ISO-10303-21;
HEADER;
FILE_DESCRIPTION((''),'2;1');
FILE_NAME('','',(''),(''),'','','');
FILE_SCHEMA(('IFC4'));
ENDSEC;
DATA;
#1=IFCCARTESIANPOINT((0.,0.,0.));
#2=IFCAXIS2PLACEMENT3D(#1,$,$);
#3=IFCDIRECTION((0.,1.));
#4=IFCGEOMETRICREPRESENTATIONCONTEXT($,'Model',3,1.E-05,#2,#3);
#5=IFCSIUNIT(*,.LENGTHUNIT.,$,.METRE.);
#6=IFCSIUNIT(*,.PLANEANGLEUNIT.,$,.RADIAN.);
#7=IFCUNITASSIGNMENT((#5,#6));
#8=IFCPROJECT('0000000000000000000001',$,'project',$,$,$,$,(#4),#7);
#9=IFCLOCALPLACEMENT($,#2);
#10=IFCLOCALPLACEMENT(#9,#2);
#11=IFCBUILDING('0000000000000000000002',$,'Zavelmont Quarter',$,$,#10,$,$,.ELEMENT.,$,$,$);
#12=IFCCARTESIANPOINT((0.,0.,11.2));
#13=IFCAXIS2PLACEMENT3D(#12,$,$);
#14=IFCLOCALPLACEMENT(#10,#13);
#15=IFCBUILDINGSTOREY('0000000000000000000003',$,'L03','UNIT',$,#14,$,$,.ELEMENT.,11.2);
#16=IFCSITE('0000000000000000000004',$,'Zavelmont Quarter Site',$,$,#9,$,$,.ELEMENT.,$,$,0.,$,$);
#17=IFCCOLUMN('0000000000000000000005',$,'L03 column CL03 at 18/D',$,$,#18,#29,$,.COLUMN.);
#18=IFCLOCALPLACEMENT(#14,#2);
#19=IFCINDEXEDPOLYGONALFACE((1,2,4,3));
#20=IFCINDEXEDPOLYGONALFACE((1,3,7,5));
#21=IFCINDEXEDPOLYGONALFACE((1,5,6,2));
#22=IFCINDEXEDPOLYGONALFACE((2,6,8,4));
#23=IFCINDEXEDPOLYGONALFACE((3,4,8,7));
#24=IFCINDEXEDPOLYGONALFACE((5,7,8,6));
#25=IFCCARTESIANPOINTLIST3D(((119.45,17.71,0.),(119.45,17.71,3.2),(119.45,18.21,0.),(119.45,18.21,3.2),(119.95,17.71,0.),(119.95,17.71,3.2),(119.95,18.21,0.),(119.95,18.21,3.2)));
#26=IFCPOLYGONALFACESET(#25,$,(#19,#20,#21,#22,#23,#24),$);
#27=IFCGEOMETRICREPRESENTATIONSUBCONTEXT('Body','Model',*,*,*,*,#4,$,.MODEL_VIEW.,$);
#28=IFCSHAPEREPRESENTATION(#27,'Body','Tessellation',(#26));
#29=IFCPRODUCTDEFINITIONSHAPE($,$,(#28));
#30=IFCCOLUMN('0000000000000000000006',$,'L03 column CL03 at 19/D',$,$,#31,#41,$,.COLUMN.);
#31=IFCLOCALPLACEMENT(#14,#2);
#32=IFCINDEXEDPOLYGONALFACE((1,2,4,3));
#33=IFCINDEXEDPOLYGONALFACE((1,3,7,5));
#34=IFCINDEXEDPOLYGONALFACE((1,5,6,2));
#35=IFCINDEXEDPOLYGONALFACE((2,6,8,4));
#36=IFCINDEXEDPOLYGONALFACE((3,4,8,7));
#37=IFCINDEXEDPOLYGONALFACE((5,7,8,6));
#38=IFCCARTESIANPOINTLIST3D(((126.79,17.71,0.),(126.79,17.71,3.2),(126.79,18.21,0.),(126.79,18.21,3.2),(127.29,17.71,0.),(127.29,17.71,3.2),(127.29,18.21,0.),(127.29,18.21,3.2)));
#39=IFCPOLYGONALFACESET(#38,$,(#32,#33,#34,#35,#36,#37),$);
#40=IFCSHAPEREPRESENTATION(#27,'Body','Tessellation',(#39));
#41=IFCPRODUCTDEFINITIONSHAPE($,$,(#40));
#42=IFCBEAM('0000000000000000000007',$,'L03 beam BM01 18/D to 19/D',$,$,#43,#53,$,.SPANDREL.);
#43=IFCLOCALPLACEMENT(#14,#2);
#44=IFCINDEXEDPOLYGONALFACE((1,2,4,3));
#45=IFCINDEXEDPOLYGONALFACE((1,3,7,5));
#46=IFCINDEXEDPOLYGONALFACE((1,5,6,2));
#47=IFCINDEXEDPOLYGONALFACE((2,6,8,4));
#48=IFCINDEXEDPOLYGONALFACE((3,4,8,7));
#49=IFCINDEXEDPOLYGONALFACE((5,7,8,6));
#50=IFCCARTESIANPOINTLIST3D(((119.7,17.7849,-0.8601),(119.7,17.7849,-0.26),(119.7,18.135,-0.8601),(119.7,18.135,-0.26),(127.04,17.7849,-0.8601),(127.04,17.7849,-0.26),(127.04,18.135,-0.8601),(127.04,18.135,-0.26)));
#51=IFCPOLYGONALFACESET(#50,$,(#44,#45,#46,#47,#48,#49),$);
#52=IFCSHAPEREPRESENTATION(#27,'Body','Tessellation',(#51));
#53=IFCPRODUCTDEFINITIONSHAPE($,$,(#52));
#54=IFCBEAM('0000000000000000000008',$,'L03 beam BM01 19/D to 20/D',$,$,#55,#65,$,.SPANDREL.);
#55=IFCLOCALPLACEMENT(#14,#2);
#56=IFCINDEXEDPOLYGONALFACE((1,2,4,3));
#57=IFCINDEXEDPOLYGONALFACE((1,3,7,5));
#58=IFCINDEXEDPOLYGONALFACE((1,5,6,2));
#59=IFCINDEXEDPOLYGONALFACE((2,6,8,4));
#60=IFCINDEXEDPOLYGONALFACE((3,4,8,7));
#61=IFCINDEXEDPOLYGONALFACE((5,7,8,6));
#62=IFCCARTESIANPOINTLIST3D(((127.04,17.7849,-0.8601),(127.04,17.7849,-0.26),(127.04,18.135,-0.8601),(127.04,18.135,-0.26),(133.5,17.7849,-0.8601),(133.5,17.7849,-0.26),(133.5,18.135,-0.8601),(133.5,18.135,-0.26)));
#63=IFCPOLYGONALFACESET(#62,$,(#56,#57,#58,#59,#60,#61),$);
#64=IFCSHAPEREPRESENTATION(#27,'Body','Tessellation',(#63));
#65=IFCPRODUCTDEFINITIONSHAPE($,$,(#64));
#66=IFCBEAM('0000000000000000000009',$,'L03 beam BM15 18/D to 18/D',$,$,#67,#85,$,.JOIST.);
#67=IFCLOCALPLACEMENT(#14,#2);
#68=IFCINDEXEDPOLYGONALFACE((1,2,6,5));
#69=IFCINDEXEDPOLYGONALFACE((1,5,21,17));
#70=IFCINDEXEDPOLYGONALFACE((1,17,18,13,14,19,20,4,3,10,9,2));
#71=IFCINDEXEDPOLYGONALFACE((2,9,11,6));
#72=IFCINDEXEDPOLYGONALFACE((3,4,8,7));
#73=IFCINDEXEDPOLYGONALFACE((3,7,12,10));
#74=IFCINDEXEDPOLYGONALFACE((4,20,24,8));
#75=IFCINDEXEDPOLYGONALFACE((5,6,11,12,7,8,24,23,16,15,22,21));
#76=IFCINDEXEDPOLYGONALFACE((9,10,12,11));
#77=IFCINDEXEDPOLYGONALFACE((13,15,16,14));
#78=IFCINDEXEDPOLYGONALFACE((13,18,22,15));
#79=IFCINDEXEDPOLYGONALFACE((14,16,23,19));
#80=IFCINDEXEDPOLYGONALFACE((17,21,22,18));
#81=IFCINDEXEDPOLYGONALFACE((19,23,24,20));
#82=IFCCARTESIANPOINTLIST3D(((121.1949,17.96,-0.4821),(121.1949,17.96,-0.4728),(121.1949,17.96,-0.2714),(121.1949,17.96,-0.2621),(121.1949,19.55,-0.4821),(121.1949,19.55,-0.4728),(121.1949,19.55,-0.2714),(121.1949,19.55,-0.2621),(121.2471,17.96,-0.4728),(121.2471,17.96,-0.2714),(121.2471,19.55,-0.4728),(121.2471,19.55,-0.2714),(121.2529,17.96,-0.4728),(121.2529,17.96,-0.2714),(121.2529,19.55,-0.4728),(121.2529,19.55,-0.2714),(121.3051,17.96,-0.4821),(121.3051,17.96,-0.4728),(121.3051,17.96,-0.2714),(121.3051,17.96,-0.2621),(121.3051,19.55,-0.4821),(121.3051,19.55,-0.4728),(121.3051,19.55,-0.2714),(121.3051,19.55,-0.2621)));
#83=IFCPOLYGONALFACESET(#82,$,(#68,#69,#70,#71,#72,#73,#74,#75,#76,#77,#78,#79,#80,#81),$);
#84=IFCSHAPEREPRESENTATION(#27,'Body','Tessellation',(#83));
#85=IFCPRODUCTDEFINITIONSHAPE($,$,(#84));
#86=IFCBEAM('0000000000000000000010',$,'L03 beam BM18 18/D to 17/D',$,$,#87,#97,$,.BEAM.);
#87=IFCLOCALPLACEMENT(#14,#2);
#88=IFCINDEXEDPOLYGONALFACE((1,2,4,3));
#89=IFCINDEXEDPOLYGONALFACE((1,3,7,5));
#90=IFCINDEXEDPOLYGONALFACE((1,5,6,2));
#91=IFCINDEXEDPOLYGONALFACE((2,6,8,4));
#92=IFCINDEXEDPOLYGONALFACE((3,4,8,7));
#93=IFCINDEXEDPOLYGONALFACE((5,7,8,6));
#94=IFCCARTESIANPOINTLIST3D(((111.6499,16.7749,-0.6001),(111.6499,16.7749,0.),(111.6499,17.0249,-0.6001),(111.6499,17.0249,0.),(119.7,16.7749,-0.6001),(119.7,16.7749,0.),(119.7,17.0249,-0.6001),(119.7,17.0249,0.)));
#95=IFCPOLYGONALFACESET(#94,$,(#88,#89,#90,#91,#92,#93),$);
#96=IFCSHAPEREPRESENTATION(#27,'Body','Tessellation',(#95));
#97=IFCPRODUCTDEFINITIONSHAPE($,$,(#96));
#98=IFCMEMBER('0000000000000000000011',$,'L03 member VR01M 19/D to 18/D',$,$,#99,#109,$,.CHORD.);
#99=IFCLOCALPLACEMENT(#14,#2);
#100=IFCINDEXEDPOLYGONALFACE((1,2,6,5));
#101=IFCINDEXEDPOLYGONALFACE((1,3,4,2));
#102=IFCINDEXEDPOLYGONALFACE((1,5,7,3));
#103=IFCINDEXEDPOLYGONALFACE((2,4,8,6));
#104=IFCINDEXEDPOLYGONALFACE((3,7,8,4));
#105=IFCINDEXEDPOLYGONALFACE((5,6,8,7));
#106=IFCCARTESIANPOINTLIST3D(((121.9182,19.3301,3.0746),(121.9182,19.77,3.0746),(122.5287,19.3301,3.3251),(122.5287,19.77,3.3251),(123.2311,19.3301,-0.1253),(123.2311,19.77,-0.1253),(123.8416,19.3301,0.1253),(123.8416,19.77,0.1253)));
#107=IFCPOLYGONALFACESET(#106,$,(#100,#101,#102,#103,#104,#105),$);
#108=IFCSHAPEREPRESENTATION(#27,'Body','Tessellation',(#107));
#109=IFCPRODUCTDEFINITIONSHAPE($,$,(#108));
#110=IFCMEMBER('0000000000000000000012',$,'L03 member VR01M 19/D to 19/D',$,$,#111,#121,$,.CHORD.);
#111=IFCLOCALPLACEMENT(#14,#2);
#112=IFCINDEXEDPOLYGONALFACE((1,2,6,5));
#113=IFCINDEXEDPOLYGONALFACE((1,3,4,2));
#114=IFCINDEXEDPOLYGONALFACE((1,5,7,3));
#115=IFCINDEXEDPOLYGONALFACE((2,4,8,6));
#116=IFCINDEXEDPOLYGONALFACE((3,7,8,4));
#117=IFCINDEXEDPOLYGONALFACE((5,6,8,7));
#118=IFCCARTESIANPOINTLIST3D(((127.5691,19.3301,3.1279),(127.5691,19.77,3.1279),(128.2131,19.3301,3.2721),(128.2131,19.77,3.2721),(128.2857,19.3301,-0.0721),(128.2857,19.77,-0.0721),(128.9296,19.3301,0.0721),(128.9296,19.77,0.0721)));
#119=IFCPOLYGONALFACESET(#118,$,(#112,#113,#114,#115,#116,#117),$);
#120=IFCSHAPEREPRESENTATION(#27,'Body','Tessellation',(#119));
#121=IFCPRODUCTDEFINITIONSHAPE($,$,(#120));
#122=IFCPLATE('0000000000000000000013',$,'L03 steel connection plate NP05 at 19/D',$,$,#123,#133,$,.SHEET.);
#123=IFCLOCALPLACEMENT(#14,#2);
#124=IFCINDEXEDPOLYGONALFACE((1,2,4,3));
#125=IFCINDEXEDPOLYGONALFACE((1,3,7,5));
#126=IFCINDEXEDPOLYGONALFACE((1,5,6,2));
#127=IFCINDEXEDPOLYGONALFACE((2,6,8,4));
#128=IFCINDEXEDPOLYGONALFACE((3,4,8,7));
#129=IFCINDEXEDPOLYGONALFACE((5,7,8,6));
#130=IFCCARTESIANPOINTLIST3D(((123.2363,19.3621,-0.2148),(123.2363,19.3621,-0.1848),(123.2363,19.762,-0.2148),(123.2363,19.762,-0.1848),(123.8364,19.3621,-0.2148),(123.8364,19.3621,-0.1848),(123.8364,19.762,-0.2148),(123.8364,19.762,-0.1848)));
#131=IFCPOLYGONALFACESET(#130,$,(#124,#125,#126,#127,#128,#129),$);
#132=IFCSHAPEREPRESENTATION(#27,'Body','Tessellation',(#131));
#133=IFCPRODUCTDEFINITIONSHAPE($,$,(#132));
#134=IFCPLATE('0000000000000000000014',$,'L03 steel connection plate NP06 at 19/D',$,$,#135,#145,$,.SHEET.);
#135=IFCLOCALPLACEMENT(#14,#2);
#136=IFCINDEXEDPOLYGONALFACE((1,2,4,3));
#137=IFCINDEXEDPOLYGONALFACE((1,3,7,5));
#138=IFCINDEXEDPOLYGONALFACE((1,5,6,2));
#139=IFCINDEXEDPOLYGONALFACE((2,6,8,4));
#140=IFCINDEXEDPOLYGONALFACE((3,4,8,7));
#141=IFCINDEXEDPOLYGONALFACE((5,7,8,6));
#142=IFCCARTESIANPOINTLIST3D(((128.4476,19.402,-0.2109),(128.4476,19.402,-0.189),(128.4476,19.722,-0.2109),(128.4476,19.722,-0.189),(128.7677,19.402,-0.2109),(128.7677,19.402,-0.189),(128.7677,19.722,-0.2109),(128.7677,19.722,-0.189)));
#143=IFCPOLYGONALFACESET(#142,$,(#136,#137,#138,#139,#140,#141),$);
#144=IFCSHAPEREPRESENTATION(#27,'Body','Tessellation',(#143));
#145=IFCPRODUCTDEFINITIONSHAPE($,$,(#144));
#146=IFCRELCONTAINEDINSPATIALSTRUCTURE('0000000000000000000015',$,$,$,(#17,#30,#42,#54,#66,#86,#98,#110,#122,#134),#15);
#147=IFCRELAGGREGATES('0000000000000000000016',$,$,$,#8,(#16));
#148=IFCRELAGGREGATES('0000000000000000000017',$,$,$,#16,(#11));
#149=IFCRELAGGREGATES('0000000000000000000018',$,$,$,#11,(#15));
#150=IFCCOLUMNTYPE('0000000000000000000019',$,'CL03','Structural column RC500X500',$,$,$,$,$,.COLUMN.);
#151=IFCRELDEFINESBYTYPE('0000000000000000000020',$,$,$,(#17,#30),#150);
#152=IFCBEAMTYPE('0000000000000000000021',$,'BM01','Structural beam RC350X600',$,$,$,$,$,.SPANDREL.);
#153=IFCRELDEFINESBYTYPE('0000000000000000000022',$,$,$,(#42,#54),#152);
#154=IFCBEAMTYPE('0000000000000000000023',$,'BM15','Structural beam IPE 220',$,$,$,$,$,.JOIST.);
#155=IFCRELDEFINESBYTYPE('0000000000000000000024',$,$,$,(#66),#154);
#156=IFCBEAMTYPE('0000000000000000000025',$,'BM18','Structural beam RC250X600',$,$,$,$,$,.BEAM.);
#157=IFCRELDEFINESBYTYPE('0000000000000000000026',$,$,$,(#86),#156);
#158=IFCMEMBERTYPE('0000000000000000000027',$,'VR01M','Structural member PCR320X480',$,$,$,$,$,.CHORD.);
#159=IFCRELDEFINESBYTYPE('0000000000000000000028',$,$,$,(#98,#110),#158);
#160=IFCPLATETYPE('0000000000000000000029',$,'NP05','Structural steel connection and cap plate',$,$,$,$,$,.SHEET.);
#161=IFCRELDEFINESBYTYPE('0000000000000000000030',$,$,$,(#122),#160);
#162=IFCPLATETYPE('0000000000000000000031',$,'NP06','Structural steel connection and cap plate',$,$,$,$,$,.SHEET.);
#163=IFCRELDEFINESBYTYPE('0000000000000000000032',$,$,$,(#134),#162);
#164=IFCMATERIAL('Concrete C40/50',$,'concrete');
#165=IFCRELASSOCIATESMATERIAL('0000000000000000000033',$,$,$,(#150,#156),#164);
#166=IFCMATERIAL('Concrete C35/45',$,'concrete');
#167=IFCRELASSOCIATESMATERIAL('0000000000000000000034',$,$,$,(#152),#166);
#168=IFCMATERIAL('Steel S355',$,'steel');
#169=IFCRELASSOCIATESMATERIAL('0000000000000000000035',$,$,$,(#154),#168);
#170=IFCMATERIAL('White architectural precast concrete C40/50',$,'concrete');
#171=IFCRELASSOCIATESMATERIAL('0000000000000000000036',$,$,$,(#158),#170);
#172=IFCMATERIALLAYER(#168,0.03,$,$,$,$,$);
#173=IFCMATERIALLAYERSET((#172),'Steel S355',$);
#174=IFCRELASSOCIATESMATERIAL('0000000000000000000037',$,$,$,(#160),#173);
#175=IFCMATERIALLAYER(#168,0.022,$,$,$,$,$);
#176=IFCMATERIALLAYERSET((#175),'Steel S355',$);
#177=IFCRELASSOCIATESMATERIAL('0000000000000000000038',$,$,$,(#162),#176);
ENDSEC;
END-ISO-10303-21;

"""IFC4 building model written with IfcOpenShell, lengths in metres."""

from ifc_helpers import new_model, si_unit, direction, frame, origin, origin_2d, place, context, subcontext, project, spatial, rectangle, i_section, extrude, material, layer, layer_set, material_profile, profile_set, type_object, element, save


model = new_model("IFC4")

# Units and contexts
model_context = context("Model", 3, precision=1e-05, world=origin(), true_north=direction((0.0, 1.0)))
body_context = subcontext(model_context, "Body", "Model", "MODEL_VIEW")
ifc_project = project(units=[si_unit("LENGTHUNIT", "METRE"), si_unit("PLANEANGLEUNIT", "RADIAN")], contexts=[model_context])

# Site, building, storey
site_placement = place(None, origin())
site = spatial("IfcSite", under=ifc_project, at=site_placement, Name="Zavelmont Quarter Site", CompositionType="ELEMENT", RefElevation=0.0)
building_placement = place(site_placement, origin())
building = spatial("IfcBuilding", under=site, at=building_placement, Name="Zavelmont Quarter", CompositionType="ELEMENT")
storey_placement = place(building_placement, frame((0.0, 0.0, 11.2)))
storey = spatial("IfcBuildingStorey", under=building, at=storey_placement, Name="L03", Description="UNIT", CompositionType="ELEMENT", Elevation=11.2)

# Columns
ifc_material_1 = material(Name="Concrete C40/50", Category="concrete")
ifc_material_profile_1 = material_profile(ifc_material_1, rectangle(XDim=0.5, YDim=0.5, at=origin_2d()), Name="RC500X500")
ifc_profile_set_1 = profile_set([ifc_material_profile_1], Name="Concrete C40/50")
column_type = type_object("IfcColumnType", Name="CL03", Description="Structural column RC500X500", PredefinedType="COLUMN", material=ifc_profile_set_1)
for number, where, z_axis, x_axis, name in (
    (1, (119.7, 17.96, 0.0), (0.0, 0.0, 1.0), (1.0, 0.0, 0.0), "L03 column CL03 at 18/D"),
    (2, (127.04, 17.96, 0.0), (0.0, 0.0, 1.0), (1.0, 0.0, 0.0), "L03 column CL03 at 19/D"),
):
    element("IfcColumn", number, at=place(storey_placement, frame(where, z_axis=z_axis, x_axis=x_axis)), inside=storey, type_object=column_type, Name=name, PredefinedType="COLUMN", context=body_context, shape_type="SweptSolid", body=[
        extrude(rectangle(XDim=0.5, YDim=0.5, at=origin_2d()), origin(), (0.0, 0.0, 1.0), 3.2),
    ])

# Beams
ifc_material_2 = material(Name="Concrete C35/45", Category="concrete")
ifc_material_profile_2 = material_profile(ifc_material_2, rectangle(XDim=0.3501, YDim=0.6001, at=origin_2d()), Name="RC350X600")
ifc_profile_set_2 = profile_set([ifc_material_profile_2], Name="Concrete C35/45")
beam_type_1 = type_object("IfcBeamType", Name="BM01", Description="Structural beam RC350X600", PredefinedType="SPANDREL", material=ifc_profile_set_2)
beam_1_placement = place(storey_placement, frame((119.7, 17.96, -0.5601), z_axis=(1.0, 0.0, 0.0), x_axis=(0.0, 1.0, 0.0)))
element("IfcBeam", 3, at=beam_1_placement, inside=storey, type_object=beam_type_1, Name="L03 beam BM01 18/D to 19/D", PredefinedType="SPANDREL", context=body_context, shape_type="SweptSolid", body=[
    extrude(rectangle(XDim=0.3501, YDim=0.6001, at=origin_2d()), origin(), (0.0, 0.0, 1.0), 7.3401),
])
beam_2_placement = place(storey_placement, frame((127.04, 17.96, -0.5601), z_axis=(1.0, 0.0, 0.0), x_axis=(0.0, 1.0, 0.0)))
element("IfcBeam", 4, at=beam_2_placement, inside=storey, type_object=beam_type_1, Name="L03 beam BM01 19/D to 20/D", PredefinedType="SPANDREL", context=body_context, shape_type="SweptSolid", body=[
    extrude(rectangle(XDim=0.3501, YDim=0.6001, at=origin_2d()), origin(), (0.0, 0.0, 1.0), 6.46),
])
ifc_material_3 = material(Name="Steel S355", Category="steel")
ifc_material_profile_3 = material_profile(ifc_material_3, i_section(OverallWidth=0.1101, OverallDepth=0.22, WebThickness=0.0059, FlangeThickness=0.0093, at=origin_2d()), Name="IPE 220")
ifc_profile_set_3 = profile_set([ifc_material_profile_3], Name="Steel S355")
beam_type_2 = type_object("IfcBeamType", Name="BM15", Description="Structural beam IPE 220", PredefinedType="JOIST", material=ifc_profile_set_3)
beam_3_placement = place(storey_placement, frame((121.25, 17.96, -0.3721), z_axis=(0.0, 1.0, 0.0), x_axis=(-1.0, 0.0, 0.0)))
element("IfcBeam", 5, at=beam_3_placement, inside=storey, type_object=beam_type_2, Name="L03 beam BM15 18/D to 18/D", PredefinedType="JOIST", context=body_context, shape_type="SweptSolid", body=[
    extrude(i_section(OverallWidth=0.1101, OverallDepth=0.22, WebThickness=0.0059, FlangeThickness=0.0093, at=origin_2d()), origin(), (0.0, 0.0, 1.0), 1.5901),
])
ifc_material_profile_4 = material_profile(ifc_material_1, rectangle(XDim=0.25, YDim=0.6001, at=origin_2d()), Name="RC250X600")
ifc_profile_set_4 = profile_set([ifc_material_profile_4], Name="Concrete C40/50")
beam_type_3 = type_object("IfcBeamType", Name="BM18", Description="Structural beam RC250X600", PredefinedType="BEAM", material=ifc_profile_set_4)
beam_4_placement = place(storey_placement, frame((119.7, 16.8999, -0.3), z_axis=(-1.0, 0.0, 0.0), x_axis=(0.0, -1.0, 0.0)))
element("IfcBeam", 6, at=beam_4_placement, inside=storey, type_object=beam_type_3, Name="L03 beam BM18 18/D to 17/D", PredefinedType="BEAM", context=body_context, shape_type="SweptSolid", body=[
    extrude(rectangle(XDim=0.25, YDim=0.6001, at=origin_2d()), origin(), (0.0, 0.0, 1.0), 8.05),
])

# Members
ifc_material_4 = material(Name="White architectural precast concrete C40/50", Category="concrete")
ifc_material_profile_5 = material_profile(ifc_material_4, rectangle(XDim=0.4399, YDim=0.6599, at=origin_2d()), Name="PCR320X480")
ifc_profile_set_5 = profile_set([ifc_material_profile_5], Name="White architectural precast concrete C40/50")
member_type = type_object("IfcMemberType", Name="VR01M", Description="Structural member PCR320X480", PredefinedType="CHORD", material=ifc_profile_set_5)
member_1_placement = place(storey_placement, frame((123.5364, 19.55, 0.0), z_axis=(-0.379603, 0.0, 0.92515), x_axis=(0.0, -1.0, 0.0)))
element("IfcMember", 7, at=member_1_placement, inside=storey, type_object=member_type, Name="L03 member VR01M 19/D to 18/D", PredefinedType="CHORD", context=body_context, shape_type="SweptSolid", body=[
    extrude(rectangle(XDim=0.4399, YDim=0.6599, at=origin_2d()), origin(), (0.0, 0.0, 1.0), 3.4587),
])
member_2_placement = place(storey_placement, frame((128.6077, 19.55, 0.0), z_axis=(-0.218515, 0.0, 0.975834), x_axis=(0.0, -1.0, 0.0)))
element("IfcMember", 8, at=member_2_placement, inside=storey, type_object=member_type, Name="L03 member VR01M 19/D to 19/D", PredefinedType="CHORD", context=body_context, shape_type="SweptSolid", body=[
    extrude(rectangle(XDim=0.4399, YDim=0.6599, at=origin_2d()), origin(), (0.0, 0.0, 1.0), 3.2793),
])

# Plates
ifc_layer_1 = layer(ifc_material_3, 0.03)
ifc_layer_set_1 = layer_set([ifc_layer_1], Name="Steel S355")
plate_type_1 = type_object("IfcPlateType", Name="NP05", Description="Structural steel connection and cap plate", PredefinedType="SHEET", material=ifc_layer_set_1)
plate_1_placement = place(storey_placement, frame((123.5364, 19.562, -0.2148), z_axis=(0.0, 0.0, 1.0), x_axis=(1.0, 0.0, 0.0)))
element("IfcPlate", 9, at=plate_1_placement, inside=storey, type_object=plate_type_1, Name="L03 steel connection plate NP05 at 19/D", PredefinedType="SHEET", context=body_context, shape_type="SweptSolid", body=[
    extrude(rectangle(XDim=0.6001, YDim=0.3999, at=origin_2d()), origin(), (0.0, 0.0, 1.0), 0.03),
])
ifc_layer_2 = layer(ifc_material_3, 0.022)
ifc_layer_set_2 = layer_set([ifc_layer_2], Name="Steel S355")
plate_type_2 = type_object("IfcPlateType", Name="NP06", Description="Structural steel connection and cap plate", PredefinedType="SHEET", material=ifc_layer_set_2)
plate_2_placement = place(storey_placement, frame((128.6077, 19.562, -0.2109), z_axis=(0.0, 0.0, 1.0), x_axis=(1.0, 0.0, 0.0)))
element("IfcPlate", 10, at=plate_2_placement, inside=storey, type_object=plate_type_2, Name="L03 steel connection plate NP06 at 19/D", PredefinedType="SHEET", context=body_context, shape_type="SweptSolid", body=[
    extrude(rectangle(XDim=0.3201, YDim=0.3201, at=origin_2d()), origin(), (0.0, 0.0, 1.0), 0.022),
])

save(model, "model.ifc")
